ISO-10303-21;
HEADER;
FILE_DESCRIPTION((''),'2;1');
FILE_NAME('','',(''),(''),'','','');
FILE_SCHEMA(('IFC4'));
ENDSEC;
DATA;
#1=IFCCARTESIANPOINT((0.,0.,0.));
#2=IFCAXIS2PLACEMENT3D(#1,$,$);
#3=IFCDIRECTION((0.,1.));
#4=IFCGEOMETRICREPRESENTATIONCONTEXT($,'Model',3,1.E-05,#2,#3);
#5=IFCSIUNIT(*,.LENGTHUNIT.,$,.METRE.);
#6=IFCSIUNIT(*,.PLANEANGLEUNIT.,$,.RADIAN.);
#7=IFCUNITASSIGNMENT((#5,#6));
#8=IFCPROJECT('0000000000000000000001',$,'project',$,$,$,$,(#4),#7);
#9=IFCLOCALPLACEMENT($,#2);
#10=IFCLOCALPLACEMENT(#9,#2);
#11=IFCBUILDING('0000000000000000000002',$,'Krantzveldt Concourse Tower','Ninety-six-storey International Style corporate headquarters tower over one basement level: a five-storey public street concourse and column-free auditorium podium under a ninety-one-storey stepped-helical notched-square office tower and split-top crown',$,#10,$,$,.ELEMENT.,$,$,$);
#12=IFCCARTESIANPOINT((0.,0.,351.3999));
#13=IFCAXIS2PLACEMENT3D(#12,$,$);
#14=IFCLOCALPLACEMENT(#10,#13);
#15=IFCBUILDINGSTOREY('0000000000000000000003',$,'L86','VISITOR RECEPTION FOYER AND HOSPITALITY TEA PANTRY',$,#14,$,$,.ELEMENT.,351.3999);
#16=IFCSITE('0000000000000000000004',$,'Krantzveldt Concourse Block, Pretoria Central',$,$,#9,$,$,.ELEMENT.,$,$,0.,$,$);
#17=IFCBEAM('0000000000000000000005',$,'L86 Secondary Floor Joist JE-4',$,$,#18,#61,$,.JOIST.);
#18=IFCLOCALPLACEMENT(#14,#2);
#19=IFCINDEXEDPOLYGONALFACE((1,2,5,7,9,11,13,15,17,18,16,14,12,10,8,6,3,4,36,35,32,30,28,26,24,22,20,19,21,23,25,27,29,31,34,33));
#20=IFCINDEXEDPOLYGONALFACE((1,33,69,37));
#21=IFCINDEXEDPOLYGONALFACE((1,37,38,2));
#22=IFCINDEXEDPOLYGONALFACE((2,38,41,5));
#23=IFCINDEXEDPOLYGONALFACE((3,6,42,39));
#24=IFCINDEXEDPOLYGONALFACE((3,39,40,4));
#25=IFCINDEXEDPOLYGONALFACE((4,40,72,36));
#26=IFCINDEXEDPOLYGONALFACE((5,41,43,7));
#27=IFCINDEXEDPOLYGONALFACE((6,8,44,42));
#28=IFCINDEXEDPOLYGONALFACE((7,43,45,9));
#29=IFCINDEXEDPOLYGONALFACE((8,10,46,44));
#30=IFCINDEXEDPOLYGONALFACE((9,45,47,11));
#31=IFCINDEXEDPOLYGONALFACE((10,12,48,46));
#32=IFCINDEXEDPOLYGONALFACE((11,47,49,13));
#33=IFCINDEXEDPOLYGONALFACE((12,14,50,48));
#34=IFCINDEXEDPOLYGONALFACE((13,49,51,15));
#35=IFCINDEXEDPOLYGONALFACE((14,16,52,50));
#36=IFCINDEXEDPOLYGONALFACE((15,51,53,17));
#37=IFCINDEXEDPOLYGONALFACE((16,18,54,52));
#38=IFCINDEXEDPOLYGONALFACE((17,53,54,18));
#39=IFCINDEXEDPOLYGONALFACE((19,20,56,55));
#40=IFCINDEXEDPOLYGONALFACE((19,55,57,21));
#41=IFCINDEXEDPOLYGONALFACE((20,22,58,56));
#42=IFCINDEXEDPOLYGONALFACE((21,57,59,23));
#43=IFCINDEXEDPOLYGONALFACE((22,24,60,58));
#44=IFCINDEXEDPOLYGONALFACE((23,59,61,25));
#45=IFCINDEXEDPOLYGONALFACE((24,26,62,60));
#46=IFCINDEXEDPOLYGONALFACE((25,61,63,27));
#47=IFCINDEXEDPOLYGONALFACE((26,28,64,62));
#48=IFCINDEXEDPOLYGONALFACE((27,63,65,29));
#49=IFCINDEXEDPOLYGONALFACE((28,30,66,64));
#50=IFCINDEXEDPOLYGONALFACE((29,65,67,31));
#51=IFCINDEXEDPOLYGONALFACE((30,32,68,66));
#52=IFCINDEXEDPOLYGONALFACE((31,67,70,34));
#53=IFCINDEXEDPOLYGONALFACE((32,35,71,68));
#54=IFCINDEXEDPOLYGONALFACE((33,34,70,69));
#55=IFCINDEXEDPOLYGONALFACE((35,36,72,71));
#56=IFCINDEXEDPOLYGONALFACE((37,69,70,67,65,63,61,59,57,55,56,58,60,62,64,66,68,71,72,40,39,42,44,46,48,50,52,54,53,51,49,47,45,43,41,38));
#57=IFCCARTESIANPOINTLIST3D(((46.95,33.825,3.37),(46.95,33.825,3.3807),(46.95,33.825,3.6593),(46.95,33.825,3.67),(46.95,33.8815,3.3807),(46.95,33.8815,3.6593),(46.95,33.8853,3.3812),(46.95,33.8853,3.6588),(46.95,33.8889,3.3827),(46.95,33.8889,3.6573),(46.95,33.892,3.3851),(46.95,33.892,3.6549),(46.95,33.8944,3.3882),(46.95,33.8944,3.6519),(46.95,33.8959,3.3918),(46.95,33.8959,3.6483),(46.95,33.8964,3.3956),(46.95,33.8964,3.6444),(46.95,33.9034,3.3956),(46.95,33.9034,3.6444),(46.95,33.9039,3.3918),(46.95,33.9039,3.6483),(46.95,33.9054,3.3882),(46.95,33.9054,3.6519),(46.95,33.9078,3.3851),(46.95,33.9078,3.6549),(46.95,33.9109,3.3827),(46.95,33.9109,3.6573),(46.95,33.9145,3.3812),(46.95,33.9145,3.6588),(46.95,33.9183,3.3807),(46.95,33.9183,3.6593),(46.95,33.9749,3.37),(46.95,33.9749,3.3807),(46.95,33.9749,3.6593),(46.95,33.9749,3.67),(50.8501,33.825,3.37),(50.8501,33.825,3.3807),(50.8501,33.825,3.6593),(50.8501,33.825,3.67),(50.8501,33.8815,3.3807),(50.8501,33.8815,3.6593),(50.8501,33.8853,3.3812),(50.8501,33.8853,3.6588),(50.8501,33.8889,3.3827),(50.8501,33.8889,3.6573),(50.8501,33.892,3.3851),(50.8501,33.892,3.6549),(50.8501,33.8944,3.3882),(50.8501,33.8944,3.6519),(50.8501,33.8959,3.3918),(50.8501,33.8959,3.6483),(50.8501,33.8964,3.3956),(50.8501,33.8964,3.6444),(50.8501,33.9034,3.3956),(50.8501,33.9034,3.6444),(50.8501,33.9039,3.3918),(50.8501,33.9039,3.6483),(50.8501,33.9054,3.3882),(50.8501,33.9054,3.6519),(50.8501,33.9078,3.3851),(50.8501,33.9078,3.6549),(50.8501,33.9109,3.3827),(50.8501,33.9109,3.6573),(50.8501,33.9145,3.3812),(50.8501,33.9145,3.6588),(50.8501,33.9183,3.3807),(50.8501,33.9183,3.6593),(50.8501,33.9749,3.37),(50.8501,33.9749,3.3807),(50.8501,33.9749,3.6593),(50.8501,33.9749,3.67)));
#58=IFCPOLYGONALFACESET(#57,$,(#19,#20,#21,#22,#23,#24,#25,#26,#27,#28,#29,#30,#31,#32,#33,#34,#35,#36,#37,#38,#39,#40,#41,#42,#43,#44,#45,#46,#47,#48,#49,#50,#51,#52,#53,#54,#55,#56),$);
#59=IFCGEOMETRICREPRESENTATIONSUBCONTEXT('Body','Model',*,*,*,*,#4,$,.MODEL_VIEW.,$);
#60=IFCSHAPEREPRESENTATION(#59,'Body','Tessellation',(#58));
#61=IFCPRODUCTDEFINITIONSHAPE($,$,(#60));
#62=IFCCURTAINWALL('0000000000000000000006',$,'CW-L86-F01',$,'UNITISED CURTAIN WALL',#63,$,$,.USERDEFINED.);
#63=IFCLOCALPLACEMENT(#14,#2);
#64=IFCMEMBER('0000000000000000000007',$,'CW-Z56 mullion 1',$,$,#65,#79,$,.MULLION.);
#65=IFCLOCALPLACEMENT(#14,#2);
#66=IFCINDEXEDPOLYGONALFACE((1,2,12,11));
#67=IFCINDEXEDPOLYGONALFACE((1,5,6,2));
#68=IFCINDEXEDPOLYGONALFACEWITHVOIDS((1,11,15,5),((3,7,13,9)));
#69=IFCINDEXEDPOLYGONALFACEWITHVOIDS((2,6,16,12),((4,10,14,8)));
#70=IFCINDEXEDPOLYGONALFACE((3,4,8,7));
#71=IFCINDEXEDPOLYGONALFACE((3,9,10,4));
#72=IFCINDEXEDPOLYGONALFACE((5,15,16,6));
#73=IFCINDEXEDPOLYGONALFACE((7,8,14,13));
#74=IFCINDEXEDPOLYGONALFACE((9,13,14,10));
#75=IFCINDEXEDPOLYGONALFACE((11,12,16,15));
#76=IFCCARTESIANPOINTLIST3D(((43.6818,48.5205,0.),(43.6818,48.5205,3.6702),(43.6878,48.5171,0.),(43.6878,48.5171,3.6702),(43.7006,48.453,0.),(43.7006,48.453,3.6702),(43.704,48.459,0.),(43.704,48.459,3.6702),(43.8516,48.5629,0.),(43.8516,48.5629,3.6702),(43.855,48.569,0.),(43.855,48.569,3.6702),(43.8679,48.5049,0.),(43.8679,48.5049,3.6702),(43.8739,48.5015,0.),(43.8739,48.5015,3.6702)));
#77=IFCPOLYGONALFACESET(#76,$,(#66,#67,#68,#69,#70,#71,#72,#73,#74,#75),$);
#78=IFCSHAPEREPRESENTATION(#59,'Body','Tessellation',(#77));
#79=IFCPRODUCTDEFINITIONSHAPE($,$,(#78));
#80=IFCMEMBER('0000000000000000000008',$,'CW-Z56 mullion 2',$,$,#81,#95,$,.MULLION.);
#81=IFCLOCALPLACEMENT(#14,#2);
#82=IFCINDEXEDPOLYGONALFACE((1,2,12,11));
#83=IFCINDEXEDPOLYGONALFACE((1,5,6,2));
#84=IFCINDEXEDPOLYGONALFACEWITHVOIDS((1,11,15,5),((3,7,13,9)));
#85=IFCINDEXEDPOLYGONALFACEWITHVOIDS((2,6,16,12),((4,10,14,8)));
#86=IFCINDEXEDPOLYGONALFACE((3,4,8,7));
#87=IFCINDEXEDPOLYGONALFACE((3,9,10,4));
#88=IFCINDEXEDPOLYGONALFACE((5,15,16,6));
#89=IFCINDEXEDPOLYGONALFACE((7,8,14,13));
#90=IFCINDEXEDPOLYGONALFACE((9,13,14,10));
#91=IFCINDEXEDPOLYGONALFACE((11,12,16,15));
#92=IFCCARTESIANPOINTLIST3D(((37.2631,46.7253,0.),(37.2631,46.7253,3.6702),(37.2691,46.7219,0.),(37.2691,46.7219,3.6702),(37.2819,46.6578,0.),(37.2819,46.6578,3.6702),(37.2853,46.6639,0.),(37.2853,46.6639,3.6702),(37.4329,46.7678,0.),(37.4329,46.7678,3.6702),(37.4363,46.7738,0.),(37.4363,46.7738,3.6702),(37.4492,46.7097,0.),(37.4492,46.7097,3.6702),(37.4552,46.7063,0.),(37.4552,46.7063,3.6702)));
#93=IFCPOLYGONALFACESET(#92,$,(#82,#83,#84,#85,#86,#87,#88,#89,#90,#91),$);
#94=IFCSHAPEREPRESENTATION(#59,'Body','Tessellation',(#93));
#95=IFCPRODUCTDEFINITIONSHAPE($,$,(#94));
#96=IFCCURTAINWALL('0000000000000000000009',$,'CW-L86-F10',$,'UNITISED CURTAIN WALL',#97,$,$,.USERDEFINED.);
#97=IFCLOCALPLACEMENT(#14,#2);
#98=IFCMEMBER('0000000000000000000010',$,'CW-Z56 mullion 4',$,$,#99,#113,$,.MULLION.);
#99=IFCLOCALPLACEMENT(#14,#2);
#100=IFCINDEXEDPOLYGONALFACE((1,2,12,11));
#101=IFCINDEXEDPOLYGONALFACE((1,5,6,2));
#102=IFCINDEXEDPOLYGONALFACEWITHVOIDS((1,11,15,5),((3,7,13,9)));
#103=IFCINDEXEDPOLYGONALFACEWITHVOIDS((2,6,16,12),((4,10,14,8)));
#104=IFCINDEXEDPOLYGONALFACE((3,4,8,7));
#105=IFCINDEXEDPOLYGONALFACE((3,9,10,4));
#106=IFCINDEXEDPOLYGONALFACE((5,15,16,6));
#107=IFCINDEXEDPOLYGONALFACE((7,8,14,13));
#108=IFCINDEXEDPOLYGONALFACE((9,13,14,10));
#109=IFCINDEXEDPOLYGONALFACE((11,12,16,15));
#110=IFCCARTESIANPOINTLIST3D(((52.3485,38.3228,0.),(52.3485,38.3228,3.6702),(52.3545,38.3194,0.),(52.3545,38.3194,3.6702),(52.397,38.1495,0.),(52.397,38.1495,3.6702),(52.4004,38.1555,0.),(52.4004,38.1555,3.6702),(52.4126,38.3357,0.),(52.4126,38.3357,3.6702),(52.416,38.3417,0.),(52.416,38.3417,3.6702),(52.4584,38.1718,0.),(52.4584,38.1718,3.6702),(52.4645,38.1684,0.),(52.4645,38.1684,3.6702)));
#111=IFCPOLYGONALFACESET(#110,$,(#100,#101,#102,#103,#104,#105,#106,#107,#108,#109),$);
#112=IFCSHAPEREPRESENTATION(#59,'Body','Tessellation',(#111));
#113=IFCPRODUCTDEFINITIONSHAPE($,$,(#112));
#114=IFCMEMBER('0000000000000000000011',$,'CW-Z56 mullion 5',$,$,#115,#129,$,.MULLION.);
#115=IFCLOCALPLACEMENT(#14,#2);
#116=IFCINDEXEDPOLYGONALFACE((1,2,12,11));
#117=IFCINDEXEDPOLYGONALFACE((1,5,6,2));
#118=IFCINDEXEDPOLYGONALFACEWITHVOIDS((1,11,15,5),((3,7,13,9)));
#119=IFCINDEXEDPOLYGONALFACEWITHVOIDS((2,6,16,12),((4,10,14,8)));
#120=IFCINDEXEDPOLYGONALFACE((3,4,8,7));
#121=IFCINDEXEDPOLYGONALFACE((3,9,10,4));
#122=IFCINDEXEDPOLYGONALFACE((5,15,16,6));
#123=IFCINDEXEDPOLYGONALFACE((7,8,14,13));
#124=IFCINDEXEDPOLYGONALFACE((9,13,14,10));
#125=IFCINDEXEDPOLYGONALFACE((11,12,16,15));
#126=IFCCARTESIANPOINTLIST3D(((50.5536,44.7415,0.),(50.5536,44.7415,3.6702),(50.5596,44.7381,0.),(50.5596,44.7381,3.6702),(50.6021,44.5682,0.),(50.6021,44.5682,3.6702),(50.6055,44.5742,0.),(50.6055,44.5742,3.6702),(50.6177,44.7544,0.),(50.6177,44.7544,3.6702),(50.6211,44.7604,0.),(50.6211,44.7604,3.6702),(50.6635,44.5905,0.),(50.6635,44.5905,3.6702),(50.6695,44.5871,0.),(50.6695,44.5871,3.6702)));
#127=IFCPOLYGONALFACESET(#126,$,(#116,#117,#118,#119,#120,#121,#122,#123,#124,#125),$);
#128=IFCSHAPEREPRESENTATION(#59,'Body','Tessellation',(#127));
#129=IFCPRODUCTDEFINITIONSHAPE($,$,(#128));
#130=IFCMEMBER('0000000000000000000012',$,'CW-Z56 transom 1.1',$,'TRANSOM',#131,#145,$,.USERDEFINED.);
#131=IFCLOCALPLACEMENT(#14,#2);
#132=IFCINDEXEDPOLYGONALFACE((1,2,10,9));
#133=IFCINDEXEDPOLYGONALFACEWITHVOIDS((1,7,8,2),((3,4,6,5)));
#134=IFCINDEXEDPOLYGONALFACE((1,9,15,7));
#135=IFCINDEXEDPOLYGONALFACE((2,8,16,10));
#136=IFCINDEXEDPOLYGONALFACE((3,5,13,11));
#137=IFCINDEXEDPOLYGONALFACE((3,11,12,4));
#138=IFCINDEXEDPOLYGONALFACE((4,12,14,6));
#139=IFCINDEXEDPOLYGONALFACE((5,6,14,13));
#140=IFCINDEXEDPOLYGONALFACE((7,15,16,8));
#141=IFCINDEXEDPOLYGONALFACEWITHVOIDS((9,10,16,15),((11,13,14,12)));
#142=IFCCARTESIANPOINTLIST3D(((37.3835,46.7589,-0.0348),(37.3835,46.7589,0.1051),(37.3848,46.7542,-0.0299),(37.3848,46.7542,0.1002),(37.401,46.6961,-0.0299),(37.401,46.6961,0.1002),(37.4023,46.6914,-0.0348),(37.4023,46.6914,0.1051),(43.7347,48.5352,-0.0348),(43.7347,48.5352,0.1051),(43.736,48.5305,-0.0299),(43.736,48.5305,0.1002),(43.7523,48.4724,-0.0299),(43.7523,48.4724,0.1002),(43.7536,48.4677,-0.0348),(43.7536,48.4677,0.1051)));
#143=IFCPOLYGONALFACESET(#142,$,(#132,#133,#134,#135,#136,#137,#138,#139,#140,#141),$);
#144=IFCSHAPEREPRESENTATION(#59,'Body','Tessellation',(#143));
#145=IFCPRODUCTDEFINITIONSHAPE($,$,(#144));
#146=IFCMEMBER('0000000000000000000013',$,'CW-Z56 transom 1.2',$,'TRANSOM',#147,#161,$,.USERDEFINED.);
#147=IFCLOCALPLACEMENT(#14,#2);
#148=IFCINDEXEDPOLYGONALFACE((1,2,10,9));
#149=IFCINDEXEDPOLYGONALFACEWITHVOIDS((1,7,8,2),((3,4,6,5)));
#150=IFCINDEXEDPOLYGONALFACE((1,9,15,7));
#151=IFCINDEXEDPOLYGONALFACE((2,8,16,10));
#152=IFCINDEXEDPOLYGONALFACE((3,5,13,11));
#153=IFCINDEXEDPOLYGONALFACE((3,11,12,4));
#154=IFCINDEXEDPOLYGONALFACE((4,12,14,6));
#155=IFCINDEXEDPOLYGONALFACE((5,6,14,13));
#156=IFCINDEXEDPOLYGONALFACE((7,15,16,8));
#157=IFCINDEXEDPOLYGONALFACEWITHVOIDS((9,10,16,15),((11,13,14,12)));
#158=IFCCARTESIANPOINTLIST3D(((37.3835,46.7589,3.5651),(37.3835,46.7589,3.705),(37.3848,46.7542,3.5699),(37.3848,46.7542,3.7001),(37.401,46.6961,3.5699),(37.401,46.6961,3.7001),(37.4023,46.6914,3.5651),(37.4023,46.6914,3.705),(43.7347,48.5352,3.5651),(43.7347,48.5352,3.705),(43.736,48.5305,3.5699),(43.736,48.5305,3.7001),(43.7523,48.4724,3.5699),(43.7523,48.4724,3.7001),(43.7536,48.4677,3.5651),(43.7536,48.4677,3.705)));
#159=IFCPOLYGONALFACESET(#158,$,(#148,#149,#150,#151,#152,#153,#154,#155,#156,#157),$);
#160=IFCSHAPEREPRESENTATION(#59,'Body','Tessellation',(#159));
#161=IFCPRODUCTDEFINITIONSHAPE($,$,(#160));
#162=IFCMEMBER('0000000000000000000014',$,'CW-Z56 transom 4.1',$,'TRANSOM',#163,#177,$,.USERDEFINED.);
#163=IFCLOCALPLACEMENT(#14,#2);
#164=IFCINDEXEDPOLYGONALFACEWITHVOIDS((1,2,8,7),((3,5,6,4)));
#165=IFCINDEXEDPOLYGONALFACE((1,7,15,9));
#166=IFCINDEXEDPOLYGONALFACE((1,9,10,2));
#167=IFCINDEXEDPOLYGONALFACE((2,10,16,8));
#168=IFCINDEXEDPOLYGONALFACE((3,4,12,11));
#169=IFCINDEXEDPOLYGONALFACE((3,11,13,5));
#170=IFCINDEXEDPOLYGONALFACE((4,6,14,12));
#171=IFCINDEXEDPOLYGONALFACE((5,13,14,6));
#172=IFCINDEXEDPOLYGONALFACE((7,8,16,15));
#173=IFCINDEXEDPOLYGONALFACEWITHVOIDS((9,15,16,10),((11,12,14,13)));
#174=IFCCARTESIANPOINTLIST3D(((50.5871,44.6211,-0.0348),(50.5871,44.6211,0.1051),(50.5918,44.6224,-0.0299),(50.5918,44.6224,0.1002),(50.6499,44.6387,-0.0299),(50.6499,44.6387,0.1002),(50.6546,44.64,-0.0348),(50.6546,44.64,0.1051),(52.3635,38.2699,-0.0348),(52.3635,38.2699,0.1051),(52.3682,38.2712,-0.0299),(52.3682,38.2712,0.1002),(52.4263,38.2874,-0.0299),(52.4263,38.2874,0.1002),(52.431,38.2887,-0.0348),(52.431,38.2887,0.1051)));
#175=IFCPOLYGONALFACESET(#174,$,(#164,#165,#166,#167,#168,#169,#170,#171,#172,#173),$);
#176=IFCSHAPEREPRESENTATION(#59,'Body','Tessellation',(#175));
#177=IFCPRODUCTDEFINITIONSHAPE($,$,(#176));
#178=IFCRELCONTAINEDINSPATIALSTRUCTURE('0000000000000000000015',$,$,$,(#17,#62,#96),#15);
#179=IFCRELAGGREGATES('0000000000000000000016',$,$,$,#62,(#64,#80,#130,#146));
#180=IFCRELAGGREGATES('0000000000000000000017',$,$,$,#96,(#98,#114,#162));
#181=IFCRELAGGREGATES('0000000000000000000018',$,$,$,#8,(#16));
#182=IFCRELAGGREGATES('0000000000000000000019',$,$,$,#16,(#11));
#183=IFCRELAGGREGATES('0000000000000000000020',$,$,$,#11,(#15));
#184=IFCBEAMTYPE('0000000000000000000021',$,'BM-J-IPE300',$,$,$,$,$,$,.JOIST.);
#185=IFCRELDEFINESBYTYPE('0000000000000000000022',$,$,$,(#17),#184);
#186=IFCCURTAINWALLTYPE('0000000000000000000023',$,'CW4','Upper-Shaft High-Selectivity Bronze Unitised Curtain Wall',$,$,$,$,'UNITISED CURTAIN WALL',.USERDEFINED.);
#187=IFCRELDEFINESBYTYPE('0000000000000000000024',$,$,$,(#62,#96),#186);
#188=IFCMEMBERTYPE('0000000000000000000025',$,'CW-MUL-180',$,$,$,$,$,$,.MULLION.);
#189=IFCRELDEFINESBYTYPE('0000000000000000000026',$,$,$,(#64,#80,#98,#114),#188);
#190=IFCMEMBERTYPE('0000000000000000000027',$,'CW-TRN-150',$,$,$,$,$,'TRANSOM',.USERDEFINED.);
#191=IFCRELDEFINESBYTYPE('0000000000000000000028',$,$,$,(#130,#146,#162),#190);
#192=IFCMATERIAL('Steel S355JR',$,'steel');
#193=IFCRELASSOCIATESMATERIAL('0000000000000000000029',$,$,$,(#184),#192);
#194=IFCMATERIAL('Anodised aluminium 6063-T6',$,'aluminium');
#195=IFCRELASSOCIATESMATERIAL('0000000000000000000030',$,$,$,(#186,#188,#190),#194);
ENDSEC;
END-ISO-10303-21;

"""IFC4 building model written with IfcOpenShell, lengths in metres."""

from ifc_helpers import new_model, si_unit, direction, frame, origin, origin_2d, place, context, subcontext, project, spatial, hollow_rectangle, i_section, extrude, source, transform, mapped, material, material_profile, profile_set, type_object, type_shapes, element, aggregate, save


model = new_model("IFC4")

# Units and contexts
model_context = context("Model", 3, precision=1e-05, world=origin(), true_north=direction((0.0, 1.0)))
body_context = subcontext(model_context, "Body", "Model", "MODEL_VIEW")
ifc_project = project(units=[si_unit("LENGTHUNIT", "METRE"), si_unit("PLANEANGLEUNIT", "RADIAN")], contexts=[model_context])

# Site, building, storey
site_placement = place(None, origin())
site = spatial("IfcSite", under=ifc_project, at=site_placement, Name="Krantzveldt Concourse Block, Pretoria Central", CompositionType="ELEMENT", RefElevation=0.0)
building_placement = place(site_placement, origin())
building = spatial("IfcBuilding", under=site, at=building_placement, Name="Krantzveldt Concourse Tower", Description="Ninety-six-storey International Style corporate headquarters tower over one basement level: a five-storey public street concourse and column-free auditorium podium under a ninety-one-storey stepped-helical notched-square office tower and split-top crown", CompositionType="ELEMENT")
storey_placement = place(building_placement, frame((0.0, 0.0, 351.3999)))
storey = spatial("IfcBuildingStorey", under=building, at=storey_placement, Name="L86", Description="VISITOR RECEPTION FOYER AND HOSPITALITY TEA PANTRY", CompositionType="ELEMENT", Elevation=351.3999)

# Beam
ifc_material_1 = material(Name="Steel S355JR", Category="steel")
ifc_material_profile_1 = material_profile(ifc_material_1, i_section(OverallWidth=0.1499, OverallDepth=0.3, WebThickness=0.0071, FlangeThickness=0.0107, FilletRadius=0.0149, at=origin_2d()), Name="Steel S355JR", Category="steel")
ifc_profile_set_1 = profile_set([ifc_material_profile_1], Name="Steel S355JR - IPE 300")
beam_type_1 = type_object("IfcBeamType", Name="BM-J-IPE300", PredefinedType="JOIST", material=ifc_profile_set_1)
shared_shape_1 = source(origin(), body_context, "Body", "SweptSolid", [
    extrude(i_section(OverallWidth=0.1499, OverallDepth=0.3, WebThickness=0.0071, FlangeThickness=0.0107, FilletRadius=0.0149, at=origin_2d()), origin(), (0.0, 0.0, 1.0), 3.9001),
])
type_shapes(beam_type_1, [shared_shape_1])
beam_1_placement = place(storey_placement, frame((46.95, 33.8999, 3.52), z_axis=(1.0, 0.0, 0.0), x_axis=(0.0, 1.0, 0.0)))
element("IfcBeam", 1, at=beam_1_placement, inside=storey, type_object=beam_type_1, Name="L86 Secondary Floor Joist JE-4", PredefinedType="JOIST", context=body_context, shape_type="MappedRepresentation", body=[
    mapped(shared_shape_1, transform((0.0, 0.0, 0.0), x_axis=(1.0, 0.0, 0.0), y_axis=(0.0, 1.0, 0.0), z_axis=(0.0, 0.0, 1.0), scale=1.0)),
])

# Curtain walls, members
ifc_material_2 = material(Name="Anodised aluminium 6063-T6", Category="aluminium")
curtain_wall_type = type_object("IfcCurtainWallType", Name="CW4", Description="Upper-Shaft High-Selectivity Bronze Unitised Curtain Wall", ElementType="UNITISED CURTAIN WALL", PredefinedType="USERDEFINED", material=ifc_material_2)
curtain_wall_1_placement = place(storey_placement, origin())
curtain_wall_1 = element("IfcCurtainWall", 2, at=curtain_wall_1_placement, inside=storey, type_object=curtain_wall_type, Name="CW-L86-F01", ObjectType="UNITISED CURTAIN WALL", PredefinedType="USERDEFINED")
ifc_material_profile_2 = material_profile(ifc_material_2, hollow_rectangle(XDim=0.0701, YDim=0.1799, WallThickness=0.0049, at=origin_2d()), Name="Anodised aluminium 6063-T6", Category="aluminium")
ifc_profile_set_2 = profile_set([ifc_material_profile_2], Name="Anodised aluminium 6063-T6 - ALU-MULL 180x70x5")
member_type_1 = type_object("IfcMemberType", Name="CW-MUL-180", PredefinedType="MULLION", material=ifc_profile_set_2)
shared_shape_2 = source(origin(), body_context, "Body", "SweptSolid", [
    extrude(hollow_rectangle(XDim=0.0701, YDim=0.1799, WallThickness=0.0049, at=origin_2d()), origin(), (0.0, 0.0, 1.0), 3.6702),
])
type_shapes(member_type_1, [shared_shape_2])
member_1_placement = place(storey_placement, frame((43.7778, 48.511, 0.0), z_axis=(0.0, 0.0, 1.0), x_axis=(0.26934, -0.963045, 0.0)))
member_1 = element("IfcMember", 3, at=member_1_placement, type_object=member_type_1, Name="CW-Z56 mullion 1", PredefinedType="MULLION", context=body_context, shape_type="MappedRepresentation", body=[
    mapped(shared_shape_2, transform((0.0, 0.0, 0.0), x_axis=(1.0, 0.0, 0.0), y_axis=(0.0, 1.0, 0.0), z_axis=(0.0, 0.0, 1.0), scale=1.0)),
])
member_2_placement = place(storey_placement, frame((37.3591, 46.7158, 0.0), z_axis=(0.0, 0.0, 1.0), x_axis=(0.26934, -0.963045, 0.0)))
member_2 = element("IfcMember", 4, at=member_2_placement, type_object=member_type_1, Name="CW-Z56 mullion 2", PredefinedType="MULLION", context=body_context, shape_type="MappedRepresentation", body=[
    mapped(shared_shape_2, transform((0.0, 0.0, 0.0), x_axis=(1.0, 0.0, 0.0), y_axis=(0.0, 1.0, 0.0), z_axis=(0.0, 0.0, 1.0), scale=1.0)),
])
curtain_wall_2_placement = place(storey_placement, origin())
curtain_wall_2 = element("IfcCurtainWall", 5, at=curtain_wall_2_placement, inside=storey, type_object=curtain_wall_type, Name="CW-L86-F10", ObjectType="UNITISED CURTAIN WALL", PredefinedType="USERDEFINED")
member_3_placement = place(storey_placement, frame((52.4065, 38.2456, 0.0), z_axis=(0.0, 0.0, 1.0), x_axis=(-0.963045, -0.26934, 0.0)))
member_3 = element("IfcMember", 6, at=member_3_placement, type_object=member_type_1, Name="CW-Z56 mullion 4", PredefinedType="MULLION", context=body_context, shape_type="MappedRepresentation", body=[
    mapped(shared_shape_2, transform((0.0, 0.0, 0.0), x_axis=(1.0, 0.0, 0.0), y_axis=(0.0, 1.0, 0.0), z_axis=(0.0, 0.0, 1.0), scale=1.0)),
])
member_4_placement = place(storey_placement, frame((50.6116, 44.6643, 0.0), z_axis=(0.0, 0.0, 1.0), x_axis=(-0.963045, -0.26934, 0.0)))
member_4 = element("IfcMember", 7, at=member_4_placement, type_object=member_type_1, Name="CW-Z56 mullion 5", PredefinedType="MULLION", context=body_context, shape_type="MappedRepresentation", body=[
    mapped(shared_shape_2, transform((0.0, 0.0, 0.0), x_axis=(1.0, 0.0, 0.0), y_axis=(0.0, 1.0, 0.0), z_axis=(0.0, 0.0, 1.0), scale=1.0)),
])

# Members
ifc_material_profile_3 = material_profile(ifc_material_2, hollow_rectangle(XDim=0.0701, YDim=0.1399, WallThickness=0.0049, at=origin_2d()), Name="Anodised aluminium 6063-T6", Category="aluminium")
ifc_profile_set_3 = profile_set([ifc_material_profile_3], Name="Anodised aluminium 6063-T6 - ALU-TRAN 140x70x5")
member_type_2 = type_object("IfcMemberType", Name="CW-TRN-150", ElementType="TRANSOM", PredefinedType="USERDEFINED", material=ifc_profile_set_3)
shared_shape_3 = source(origin(), body_context, "Body", "SweptSolid", [
    extrude(hollow_rectangle(XDim=0.0701, YDim=0.1399, WallThickness=0.0049, at=origin_2d()), origin(), (0.0, 0.0, 1.0), 6.595),
])
member_5_placement = place(storey_placement, frame((43.7441, 48.5015, 0.0352), z_axis=(-0.963043, -0.269348, 0.0), x_axis=(0.269348, -0.963043, 0.0)))
member_5 = element("IfcMember", 8, at=member_5_placement, type_object=member_type_2, Name="CW-Z56 transom 1.1", ObjectType="TRANSOM", PredefinedType="USERDEFINED", context=body_context, shape_type="MappedRepresentation", body=[
    mapped(shared_shape_3, transform((0.0, 0.0, 0.0), x_axis=(1.0, 0.0, 0.0), y_axis=(0.0, 1.0, 0.0), z_axis=(0.0, 0.0, 1.0), scale=1.0)),
])
member_6_placement = place(storey_placement, frame((43.7441, 48.5015, 3.635), z_axis=(-0.963043, -0.269348, 0.0), x_axis=(0.269348, -0.963043, 0.0)))
member_6 = element("IfcMember", 9, at=member_6_placement, type_object=member_type_2, Name="CW-Z56 transom 1.2", ObjectType="TRANSOM", PredefinedType="USERDEFINED", context=body_context, shape_type="MappedRepresentation", body=[
    mapped(shared_shape_3, transform((0.0, 0.0, 0.0), x_axis=(1.0, 0.0, 0.0), y_axis=(0.0, 1.0, 0.0), z_axis=(0.0, 0.0, 1.0), scale=1.0)),
])
member_7_placement = place(storey_placement, frame((52.3972, 38.2793, 0.0352), z_axis=(-0.269348, 0.963043, 0.0), x_axis=(-0.963043, -0.269348, 0.0)))
member_7 = element("IfcMember", 10, at=member_7_placement, type_object=member_type_2, Name="CW-Z56 transom 4.1", ObjectType="TRANSOM", PredefinedType="USERDEFINED", context=body_context, shape_type="MappedRepresentation", body=[
    mapped(shared_shape_3, transform((0.0, 0.0, 0.0), x_axis=(1.0, 0.0, 0.0), y_axis=(0.0, 1.0, 0.0), z_axis=(0.0, 0.0, 1.0), scale=1.0)),
])

aggregate(curtain_wall_1, [member_1, member_2, member_5, member_6])
aggregate(curtain_wall_2, [member_3, member_4, member_7])

save(model, "model.ifc")
